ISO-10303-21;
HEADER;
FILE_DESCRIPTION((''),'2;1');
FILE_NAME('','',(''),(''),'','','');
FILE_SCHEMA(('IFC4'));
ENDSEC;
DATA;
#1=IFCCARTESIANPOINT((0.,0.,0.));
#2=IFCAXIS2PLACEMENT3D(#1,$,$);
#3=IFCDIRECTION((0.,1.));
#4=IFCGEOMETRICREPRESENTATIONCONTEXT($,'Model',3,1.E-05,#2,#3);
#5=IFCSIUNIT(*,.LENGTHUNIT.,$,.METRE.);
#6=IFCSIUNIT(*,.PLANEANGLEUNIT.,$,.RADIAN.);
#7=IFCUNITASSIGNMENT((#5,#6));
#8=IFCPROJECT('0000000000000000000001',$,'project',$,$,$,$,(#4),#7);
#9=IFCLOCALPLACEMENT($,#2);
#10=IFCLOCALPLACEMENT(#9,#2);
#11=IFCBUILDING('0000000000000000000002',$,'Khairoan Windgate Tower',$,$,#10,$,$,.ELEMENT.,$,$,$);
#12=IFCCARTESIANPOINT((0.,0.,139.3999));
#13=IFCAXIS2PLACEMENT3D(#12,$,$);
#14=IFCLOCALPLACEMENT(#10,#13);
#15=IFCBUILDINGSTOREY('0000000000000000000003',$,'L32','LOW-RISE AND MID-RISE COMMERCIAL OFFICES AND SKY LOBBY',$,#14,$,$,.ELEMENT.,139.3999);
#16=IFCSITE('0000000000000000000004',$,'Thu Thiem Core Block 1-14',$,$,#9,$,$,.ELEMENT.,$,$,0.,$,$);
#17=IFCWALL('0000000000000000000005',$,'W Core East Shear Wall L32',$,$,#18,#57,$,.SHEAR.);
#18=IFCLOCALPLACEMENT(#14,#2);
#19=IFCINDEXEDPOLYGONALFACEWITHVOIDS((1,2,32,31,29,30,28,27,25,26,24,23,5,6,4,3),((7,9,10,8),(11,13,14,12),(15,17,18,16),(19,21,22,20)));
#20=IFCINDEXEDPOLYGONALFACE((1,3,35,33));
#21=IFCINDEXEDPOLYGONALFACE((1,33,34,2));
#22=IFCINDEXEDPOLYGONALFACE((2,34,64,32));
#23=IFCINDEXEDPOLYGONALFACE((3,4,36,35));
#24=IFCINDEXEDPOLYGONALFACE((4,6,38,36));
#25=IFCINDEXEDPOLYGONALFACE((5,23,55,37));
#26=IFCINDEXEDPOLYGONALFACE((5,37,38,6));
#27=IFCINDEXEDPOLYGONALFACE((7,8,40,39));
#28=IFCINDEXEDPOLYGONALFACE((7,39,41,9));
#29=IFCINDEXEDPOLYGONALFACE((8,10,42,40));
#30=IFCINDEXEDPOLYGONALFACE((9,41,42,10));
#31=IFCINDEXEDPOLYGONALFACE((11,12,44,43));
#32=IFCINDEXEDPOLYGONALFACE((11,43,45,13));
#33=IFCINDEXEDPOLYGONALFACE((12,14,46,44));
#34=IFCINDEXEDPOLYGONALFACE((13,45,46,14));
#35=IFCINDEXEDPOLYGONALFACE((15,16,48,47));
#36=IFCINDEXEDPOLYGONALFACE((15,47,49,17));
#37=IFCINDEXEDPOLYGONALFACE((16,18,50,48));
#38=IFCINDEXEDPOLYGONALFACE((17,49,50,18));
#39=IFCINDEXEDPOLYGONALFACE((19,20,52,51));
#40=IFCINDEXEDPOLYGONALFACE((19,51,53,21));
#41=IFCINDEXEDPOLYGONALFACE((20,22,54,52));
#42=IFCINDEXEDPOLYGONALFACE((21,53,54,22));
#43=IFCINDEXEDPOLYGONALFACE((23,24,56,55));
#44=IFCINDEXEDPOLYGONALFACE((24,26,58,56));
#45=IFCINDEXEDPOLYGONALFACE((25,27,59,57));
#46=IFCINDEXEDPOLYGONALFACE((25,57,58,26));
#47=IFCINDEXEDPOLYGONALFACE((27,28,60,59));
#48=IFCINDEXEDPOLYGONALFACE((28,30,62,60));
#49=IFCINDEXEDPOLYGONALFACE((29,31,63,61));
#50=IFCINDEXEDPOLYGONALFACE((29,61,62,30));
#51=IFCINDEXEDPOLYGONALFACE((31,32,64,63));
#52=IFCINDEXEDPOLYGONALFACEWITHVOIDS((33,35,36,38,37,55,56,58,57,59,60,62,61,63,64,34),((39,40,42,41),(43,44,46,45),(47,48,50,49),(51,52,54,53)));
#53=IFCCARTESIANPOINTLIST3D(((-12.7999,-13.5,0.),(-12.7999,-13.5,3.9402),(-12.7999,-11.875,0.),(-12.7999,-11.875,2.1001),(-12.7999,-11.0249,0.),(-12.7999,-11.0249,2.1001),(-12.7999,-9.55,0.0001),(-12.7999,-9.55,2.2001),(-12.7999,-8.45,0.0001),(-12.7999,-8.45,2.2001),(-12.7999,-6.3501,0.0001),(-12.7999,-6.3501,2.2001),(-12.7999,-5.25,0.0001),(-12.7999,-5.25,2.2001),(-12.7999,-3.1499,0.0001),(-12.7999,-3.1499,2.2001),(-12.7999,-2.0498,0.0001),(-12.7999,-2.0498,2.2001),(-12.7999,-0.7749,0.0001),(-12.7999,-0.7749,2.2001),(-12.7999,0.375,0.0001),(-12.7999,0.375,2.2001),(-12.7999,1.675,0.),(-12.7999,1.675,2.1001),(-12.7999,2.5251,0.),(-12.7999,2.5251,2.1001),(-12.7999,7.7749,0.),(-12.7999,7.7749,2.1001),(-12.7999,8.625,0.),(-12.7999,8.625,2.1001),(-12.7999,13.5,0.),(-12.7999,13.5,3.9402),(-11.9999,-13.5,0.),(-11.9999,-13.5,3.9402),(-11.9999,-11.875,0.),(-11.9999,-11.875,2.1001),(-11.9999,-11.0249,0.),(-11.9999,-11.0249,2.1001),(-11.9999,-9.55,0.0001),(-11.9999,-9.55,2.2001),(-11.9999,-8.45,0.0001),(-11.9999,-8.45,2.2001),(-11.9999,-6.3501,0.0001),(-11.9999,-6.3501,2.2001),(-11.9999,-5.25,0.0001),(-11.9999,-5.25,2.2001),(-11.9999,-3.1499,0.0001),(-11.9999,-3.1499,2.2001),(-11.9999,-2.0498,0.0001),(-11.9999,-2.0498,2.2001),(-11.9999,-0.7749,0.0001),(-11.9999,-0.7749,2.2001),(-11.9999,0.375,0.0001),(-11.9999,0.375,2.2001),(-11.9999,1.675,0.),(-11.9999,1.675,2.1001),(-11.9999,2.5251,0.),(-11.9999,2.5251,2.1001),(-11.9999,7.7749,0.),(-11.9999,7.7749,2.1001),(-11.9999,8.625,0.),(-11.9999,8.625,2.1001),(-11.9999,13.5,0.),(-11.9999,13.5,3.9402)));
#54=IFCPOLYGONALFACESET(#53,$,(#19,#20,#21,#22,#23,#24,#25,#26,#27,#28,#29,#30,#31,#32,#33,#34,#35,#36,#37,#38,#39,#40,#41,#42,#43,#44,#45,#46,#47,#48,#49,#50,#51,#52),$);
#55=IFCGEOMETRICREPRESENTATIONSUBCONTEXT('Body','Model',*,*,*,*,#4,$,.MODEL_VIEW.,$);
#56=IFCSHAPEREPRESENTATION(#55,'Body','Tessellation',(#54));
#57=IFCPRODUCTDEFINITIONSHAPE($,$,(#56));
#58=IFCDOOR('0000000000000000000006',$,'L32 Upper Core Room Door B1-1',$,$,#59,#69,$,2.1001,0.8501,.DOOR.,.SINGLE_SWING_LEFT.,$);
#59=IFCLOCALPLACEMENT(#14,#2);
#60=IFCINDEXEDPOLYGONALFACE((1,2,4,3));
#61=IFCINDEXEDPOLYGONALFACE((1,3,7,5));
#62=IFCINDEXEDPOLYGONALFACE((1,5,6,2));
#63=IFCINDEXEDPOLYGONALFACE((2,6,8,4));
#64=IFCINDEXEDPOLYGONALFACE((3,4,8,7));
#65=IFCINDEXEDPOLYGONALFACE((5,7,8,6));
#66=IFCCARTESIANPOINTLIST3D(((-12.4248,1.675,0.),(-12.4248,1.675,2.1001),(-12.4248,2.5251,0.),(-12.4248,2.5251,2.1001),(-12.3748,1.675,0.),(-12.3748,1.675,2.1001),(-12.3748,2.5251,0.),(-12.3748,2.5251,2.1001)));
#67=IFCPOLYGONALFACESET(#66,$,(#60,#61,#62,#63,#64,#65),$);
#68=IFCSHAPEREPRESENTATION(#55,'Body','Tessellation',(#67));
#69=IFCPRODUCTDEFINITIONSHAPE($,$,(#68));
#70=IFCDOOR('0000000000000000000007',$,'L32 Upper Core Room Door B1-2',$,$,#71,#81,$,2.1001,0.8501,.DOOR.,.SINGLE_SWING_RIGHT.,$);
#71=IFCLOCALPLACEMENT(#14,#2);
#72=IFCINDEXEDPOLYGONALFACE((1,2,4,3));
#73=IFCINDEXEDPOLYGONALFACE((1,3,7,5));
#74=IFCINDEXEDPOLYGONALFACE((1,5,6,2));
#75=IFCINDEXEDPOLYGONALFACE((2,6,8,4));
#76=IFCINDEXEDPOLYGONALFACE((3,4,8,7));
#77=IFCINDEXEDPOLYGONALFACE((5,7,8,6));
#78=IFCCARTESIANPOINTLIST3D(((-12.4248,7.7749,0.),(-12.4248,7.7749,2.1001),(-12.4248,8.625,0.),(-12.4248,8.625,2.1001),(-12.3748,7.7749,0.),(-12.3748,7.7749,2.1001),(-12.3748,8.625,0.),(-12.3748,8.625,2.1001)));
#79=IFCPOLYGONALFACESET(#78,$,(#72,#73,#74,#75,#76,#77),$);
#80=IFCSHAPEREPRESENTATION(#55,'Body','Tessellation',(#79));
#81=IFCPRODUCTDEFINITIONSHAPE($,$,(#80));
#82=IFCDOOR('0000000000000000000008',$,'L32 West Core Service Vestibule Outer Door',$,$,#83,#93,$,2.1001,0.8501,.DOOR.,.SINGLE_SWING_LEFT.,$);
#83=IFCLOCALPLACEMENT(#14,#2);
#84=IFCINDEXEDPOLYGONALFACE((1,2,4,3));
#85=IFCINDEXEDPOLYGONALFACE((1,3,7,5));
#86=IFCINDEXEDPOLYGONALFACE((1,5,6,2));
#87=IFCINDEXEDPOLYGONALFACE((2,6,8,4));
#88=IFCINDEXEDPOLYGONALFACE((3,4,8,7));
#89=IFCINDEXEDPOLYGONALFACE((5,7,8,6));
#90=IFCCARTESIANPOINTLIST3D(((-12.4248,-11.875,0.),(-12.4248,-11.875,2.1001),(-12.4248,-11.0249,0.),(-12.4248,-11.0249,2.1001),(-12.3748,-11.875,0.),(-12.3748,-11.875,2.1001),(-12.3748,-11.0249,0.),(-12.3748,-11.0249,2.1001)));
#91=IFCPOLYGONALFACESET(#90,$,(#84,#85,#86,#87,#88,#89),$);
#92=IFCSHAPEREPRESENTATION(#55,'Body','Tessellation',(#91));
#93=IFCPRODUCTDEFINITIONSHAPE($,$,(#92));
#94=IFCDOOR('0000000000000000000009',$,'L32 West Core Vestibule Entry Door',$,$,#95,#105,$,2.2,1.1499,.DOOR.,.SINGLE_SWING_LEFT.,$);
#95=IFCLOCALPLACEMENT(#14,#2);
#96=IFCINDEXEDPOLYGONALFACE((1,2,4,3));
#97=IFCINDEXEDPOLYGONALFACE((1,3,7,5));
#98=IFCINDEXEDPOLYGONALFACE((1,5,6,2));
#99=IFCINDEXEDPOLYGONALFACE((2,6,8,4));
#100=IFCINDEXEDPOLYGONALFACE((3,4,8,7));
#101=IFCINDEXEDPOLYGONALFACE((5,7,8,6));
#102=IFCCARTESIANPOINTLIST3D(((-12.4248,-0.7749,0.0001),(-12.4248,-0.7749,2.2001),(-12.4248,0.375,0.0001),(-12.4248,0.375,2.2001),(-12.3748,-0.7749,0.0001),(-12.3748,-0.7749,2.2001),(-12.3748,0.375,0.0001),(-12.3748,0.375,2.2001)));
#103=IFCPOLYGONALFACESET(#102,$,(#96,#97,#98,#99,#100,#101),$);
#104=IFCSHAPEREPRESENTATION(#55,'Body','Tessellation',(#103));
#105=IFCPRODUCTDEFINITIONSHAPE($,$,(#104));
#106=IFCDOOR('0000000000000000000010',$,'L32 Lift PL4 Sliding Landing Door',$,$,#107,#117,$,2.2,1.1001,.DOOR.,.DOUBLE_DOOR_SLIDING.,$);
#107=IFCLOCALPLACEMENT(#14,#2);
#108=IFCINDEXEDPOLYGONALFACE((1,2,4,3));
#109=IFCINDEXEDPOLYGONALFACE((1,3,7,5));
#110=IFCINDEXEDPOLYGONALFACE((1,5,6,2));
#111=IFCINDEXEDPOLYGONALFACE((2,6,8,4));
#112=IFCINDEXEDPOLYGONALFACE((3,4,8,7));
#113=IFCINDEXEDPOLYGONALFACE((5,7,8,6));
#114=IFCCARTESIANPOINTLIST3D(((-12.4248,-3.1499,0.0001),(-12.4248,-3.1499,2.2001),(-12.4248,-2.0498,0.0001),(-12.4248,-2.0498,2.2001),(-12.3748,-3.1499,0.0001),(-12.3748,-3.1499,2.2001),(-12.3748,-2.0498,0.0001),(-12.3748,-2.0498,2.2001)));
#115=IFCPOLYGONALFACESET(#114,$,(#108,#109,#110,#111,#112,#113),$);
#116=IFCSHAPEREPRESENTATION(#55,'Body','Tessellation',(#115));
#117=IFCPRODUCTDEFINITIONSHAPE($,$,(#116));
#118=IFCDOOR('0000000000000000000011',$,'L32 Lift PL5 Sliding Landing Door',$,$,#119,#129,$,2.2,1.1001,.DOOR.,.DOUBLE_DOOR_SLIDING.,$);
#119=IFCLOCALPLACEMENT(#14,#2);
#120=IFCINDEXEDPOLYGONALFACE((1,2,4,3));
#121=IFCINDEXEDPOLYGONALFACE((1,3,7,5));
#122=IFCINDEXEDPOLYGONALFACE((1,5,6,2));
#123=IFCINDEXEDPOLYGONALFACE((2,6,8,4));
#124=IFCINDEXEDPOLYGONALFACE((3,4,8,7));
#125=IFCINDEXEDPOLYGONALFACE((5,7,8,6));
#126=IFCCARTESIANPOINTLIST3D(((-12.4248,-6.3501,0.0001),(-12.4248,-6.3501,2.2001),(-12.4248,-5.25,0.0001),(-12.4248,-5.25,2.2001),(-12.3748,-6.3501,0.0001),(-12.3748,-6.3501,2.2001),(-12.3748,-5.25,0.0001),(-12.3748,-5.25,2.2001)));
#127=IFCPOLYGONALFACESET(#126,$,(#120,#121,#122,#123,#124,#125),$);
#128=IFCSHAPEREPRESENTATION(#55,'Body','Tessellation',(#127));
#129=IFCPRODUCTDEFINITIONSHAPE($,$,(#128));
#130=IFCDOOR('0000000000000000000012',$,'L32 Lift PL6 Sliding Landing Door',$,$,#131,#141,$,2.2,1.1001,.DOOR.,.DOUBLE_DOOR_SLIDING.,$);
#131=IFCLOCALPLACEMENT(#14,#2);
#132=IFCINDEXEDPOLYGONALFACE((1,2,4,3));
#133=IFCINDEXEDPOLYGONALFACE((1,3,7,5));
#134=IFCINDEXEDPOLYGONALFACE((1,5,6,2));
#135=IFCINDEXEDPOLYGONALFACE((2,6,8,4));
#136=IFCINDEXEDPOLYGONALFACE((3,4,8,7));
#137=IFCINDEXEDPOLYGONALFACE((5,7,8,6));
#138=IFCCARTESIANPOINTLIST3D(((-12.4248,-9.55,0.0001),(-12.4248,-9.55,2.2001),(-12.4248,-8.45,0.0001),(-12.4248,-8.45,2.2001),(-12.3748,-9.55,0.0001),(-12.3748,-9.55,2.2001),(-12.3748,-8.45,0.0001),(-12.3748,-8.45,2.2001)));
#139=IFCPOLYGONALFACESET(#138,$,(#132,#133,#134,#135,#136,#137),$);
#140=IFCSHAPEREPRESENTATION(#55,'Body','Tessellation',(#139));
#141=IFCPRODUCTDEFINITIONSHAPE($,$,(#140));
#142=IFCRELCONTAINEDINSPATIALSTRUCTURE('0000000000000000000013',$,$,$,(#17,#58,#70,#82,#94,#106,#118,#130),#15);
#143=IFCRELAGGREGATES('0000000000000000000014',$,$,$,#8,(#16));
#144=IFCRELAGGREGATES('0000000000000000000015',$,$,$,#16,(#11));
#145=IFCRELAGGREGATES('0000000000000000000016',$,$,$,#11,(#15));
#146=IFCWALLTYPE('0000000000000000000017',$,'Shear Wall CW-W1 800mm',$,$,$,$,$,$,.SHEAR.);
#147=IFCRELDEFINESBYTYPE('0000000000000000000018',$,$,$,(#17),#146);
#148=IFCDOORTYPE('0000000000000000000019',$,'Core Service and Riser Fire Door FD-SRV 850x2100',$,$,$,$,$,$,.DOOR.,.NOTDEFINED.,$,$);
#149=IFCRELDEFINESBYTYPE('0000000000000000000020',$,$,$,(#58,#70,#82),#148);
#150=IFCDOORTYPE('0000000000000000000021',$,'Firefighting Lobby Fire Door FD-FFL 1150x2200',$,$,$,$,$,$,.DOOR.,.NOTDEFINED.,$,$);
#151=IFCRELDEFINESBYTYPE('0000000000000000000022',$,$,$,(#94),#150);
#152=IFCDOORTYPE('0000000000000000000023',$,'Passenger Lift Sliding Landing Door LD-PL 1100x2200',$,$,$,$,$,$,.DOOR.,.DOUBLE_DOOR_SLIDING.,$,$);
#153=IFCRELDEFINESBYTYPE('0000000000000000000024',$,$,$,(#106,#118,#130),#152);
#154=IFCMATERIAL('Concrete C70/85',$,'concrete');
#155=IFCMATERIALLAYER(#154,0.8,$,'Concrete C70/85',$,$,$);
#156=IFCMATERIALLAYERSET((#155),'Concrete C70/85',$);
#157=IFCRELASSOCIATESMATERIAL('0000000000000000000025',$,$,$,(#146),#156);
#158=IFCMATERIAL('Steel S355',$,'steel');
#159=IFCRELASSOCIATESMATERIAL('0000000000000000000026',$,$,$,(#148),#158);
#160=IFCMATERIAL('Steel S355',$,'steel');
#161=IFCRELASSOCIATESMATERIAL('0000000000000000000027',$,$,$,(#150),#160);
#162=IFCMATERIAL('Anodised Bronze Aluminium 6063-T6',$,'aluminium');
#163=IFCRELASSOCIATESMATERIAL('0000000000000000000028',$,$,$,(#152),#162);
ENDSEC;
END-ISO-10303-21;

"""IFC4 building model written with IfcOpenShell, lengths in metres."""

from ifc_helpers import new_model, si_unit, direction, frame, frame_2d, origin, place, context, subcontext, project, spatial, rectangle, extrude, material, layer, layer_set, type_object, element, fill, save


model = new_model("IFC4")

# Units and contexts
model_context = context("Model", 3, precision=1e-05, world=origin(), true_north=direction((0.0, 1.0)))
body_context = subcontext(model_context, "Body", "Model", "MODEL_VIEW")
ifc_project = project(units=[si_unit("LENGTHUNIT", "METRE"), si_unit("PLANEANGLEUNIT", "RADIAN")], contexts=[model_context])

# Site, building, storey
site_placement = place(None, origin())
site = spatial("IfcSite", under=ifc_project, at=site_placement, Name="Thu Thiem Core Block 1-14", CompositionType="ELEMENT", RefElevation=0.0)
building_placement = place(site_placement, origin())
building = spatial("IfcBuilding", under=site, at=building_placement, Name="Khairoan Windgate Tower", CompositionType="ELEMENT")
storey_placement = place(building_placement, frame((0.0, 0.0, 139.3999)))
storey = spatial("IfcBuildingStorey", under=building, at=storey_placement, Name="L32", Description="LOW-RISE AND MID-RISE COMMERCIAL OFFICES AND SKY LOBBY", CompositionType="ELEMENT", Elevation=139.3999)

# Wall, openings, doors
ifc_material_1 = material(Name="Concrete C70/85", Category="concrete")
ifc_layer_1 = layer(ifc_material_1, 0.8, Name="Concrete C70/85")
ifc_layer_set_1 = layer_set([ifc_layer_1], Name="Concrete C70/85")
wall_type_1 = type_object("IfcWallType", Name="Shear Wall CW-W1 800mm", PredefinedType="SHEAR", material=ifc_layer_set_1)
wall_1_placement = place(storey_placement, frame((-12.3999, -13.5, 0.0), z_axis=(0.0, 0.0, 1.0), x_axis=(0.0, 1.0, 0.0)))
wall_1 = element("IfcWall", 1, at=wall_1_placement, inside=storey, type_object=wall_type_1, Name="W Core East Shear Wall L32", PredefinedType="SHEAR", context=body_context, shape_type="SweptSolid", body=[
    extrude(rectangle(XDim=27.0, YDim=0.8, at=frame_2d((13.5, 0.0))), origin(), (0.0, 0.0, 1.0), 3.9402),
])
opening_1_placement = place(wall_1_placement, frame((10.3501, 0.0, 0.0)))
opening_1 = element("IfcOpeningElement", 2, at=opening_1_placement, cuts=wall_1, PredefinedType="OPENING", context=body_context, shape_type="SweptSolid", body=[
    extrude(rectangle(XDim=1.1001, YDim=2.2, at=frame_2d((0.55, 1.1001))), frame((0.0, 0.4099, 0.0), z_axis=(0.0, -1.0, 0.0), x_axis=(1.0, 0.0, 0.0)), (0.0, 0.0, 1.0), 0.8201),
])
opening_2_placement = place(wall_1_placement, frame((7.1499, 0.0, 0.0)))
opening_2 = element("IfcOpeningElement", 3, at=opening_2_placement, cuts=wall_1, PredefinedType="OPENING", context=body_context, shape_type="SweptSolid", body=[
    extrude(rectangle(XDim=1.1001, YDim=2.2, at=frame_2d((0.55, 1.1001))), frame((0.0, 0.4099, 0.0), z_axis=(0.0, -1.0, 0.0), x_axis=(1.0, 0.0, 0.0)), (0.0, 0.0, 1.0), 0.8201),
])
opening_3_placement = place(wall_1_placement, frame((3.95, 0.0, 0.0)))
opening_3 = element("IfcOpeningElement", 4, at=opening_3_placement, cuts=wall_1, PredefinedType="OPENING", context=body_context, shape_type="SweptSolid", body=[
    extrude(rectangle(XDim=1.1001, YDim=2.2, at=frame_2d((0.55, 1.1001))), frame((0.0, 0.4099, 0.0), z_axis=(0.0, -1.0, 0.0), x_axis=(1.0, 0.0, 0.0)), (0.0, 0.0, 1.0), 0.8201),
])
opening_4_placement = place(wall_1_placement, frame((15.175, 0.0, 0.0)))
opening_4 = element("IfcOpeningElement", 5, at=opening_4_placement, cuts=wall_1, PredefinedType="OPENING", context=body_context, shape_type="SweptSolid", body=[
    extrude(rectangle(XDim=0.8501, YDim=2.1001, at=frame_2d((0.425, 1.05))), frame((0.0, 0.4099, 0.0), z_axis=(0.0, -1.0, 0.0), x_axis=(1.0, 0.0, 0.0)), (0.0, 0.0, 1.0), 0.8201),
])
opening_5_placement = place(wall_1_placement, frame((21.2749, 0.0, 0.0)))
opening_5 = element("IfcOpeningElement", 6, at=opening_5_placement, cuts=wall_1, PredefinedType="OPENING", context=body_context, shape_type="SweptSolid", body=[
    extrude(rectangle(XDim=0.8501, YDim=2.1001, at=frame_2d((0.425, 1.05))), frame((0.0, 0.4099, 0.0), z_axis=(0.0, -1.0, 0.0), x_axis=(1.0, 0.0, 0.0)), (0.0, 0.0, 1.0), 0.8201),
])
opening_6_placement = place(wall_1_placement, frame((12.7251, 0.0, 0.0)))
opening_6 = element("IfcOpeningElement", 7, at=opening_6_placement, cuts=wall_1, PredefinedType="OPENING", context=body_context, shape_type="SweptSolid", body=[
    extrude(rectangle(XDim=1.1499, YDim=2.2, at=frame_2d((0.575, 1.1001))), frame((0.0, 0.4099, 0.0), z_axis=(0.0, -1.0, 0.0), x_axis=(1.0, 0.0, 0.0)), (0.0, 0.0, 1.0), 0.8201),
])
opening_7_placement = place(wall_1_placement, frame((1.625, 0.0, 0.0)))
opening_7 = element("IfcOpeningElement", 8, at=opening_7_placement, cuts=wall_1, PredefinedType="OPENING", context=body_context, shape_type="SweptSolid", body=[
    extrude(rectangle(XDim=0.8501, YDim=2.1001, at=frame_2d((0.425, 1.05))), frame((0.0, 0.4099, 0.0), z_axis=(0.0, -1.0, 0.0), x_axis=(1.0, 0.0, 0.0)), (0.0, 0.0, 1.0), 0.8201),
])
ifc_material_2 = material(Name="Steel S355", Category="steel")
door_type_1 = type_object("IfcDoorType", Name="Core Service and Riser Fire Door FD-SRV 850x2100", OperationType="NOTDEFINED", PredefinedType="DOOR", material=ifc_material_2)
door_1_placement = place(opening_4_placement, origin())
door_1 = element("IfcDoor", 9, at=door_1_placement, inside=storey, type_object=door_type_1, Name="L32 Upper Core Room Door B1-1", OperationType="SINGLE_SWING_LEFT", OverallHeight=2.1001, OverallWidth=0.8501, PredefinedType="DOOR", context=body_context, shape_type="SweptSolid", body=[
    extrude(rectangle(XDim=0.8501, YDim=2.1001, at=frame_2d((0.425, 1.05))), frame((0.0, 0.0249, 0.0), z_axis=(0.0, -1.0, 0.0), x_axis=(1.0, 0.0, 0.0)), (0.0, 0.0, 1.0), 0.05),
])
fill(opening_4, door_1)
door_2_placement = place(opening_5_placement, origin())
door_2 = element("IfcDoor", 10, at=door_2_placement, inside=storey, type_object=door_type_1, Name="L32 Upper Core Room Door B1-2", OperationType="SINGLE_SWING_RIGHT", OverallHeight=2.1001, OverallWidth=0.8501, PredefinedType="DOOR", context=body_context, shape_type="SweptSolid", body=[
    extrude(rectangle(XDim=0.8501, YDim=2.1001, at=frame_2d((0.425, 1.05))), frame((0.0, 0.0249, 0.0), z_axis=(0.0, -1.0, 0.0), x_axis=(1.0, 0.0, 0.0)), (0.0, 0.0, 1.0), 0.05),
])
fill(opening_5, door_2)
door_3_placement = place(opening_7_placement, origin())
door_3 = element("IfcDoor", 11, at=door_3_placement, inside=storey, type_object=door_type_1, Name="L32 West Core Service Vestibule Outer Door", OperationType="SINGLE_SWING_LEFT", OverallHeight=2.1001, OverallWidth=0.8501, PredefinedType="DOOR", context=body_context, shape_type="SweptSolid", body=[
    extrude(rectangle(XDim=0.8501, YDim=2.1001, at=frame_2d((0.425, 1.05))), frame((0.0, 0.0249, 0.0), z_axis=(0.0, -1.0, 0.0), x_axis=(1.0, 0.0, 0.0)), (0.0, 0.0, 1.0), 0.05),
])
fill(opening_7, door_3)
ifc_material_3 = material(Name="Steel S355", Category="steel")
door_type_2 = type_object("IfcDoorType", Name="Firefighting Lobby Fire Door FD-FFL 1150x2200", OperationType="NOTDEFINED", PredefinedType="DOOR", material=ifc_material_3)
door_4_placement = place(opening_6_placement, origin())
door_4 = element("IfcDoor", 12, at=door_4_placement, inside=storey, type_object=door_type_2, Name="L32 West Core Vestibule Entry Door", OperationType="SINGLE_SWING_LEFT", OverallHeight=2.2, OverallWidth=1.1499, PredefinedType="DOOR", context=body_context, shape_type="SweptSolid", body=[
    extrude(rectangle(XDim=1.1499, YDim=2.2, at=frame_2d((0.575, 1.1001))), frame((0.0, 0.0249, 0.0), z_axis=(0.0, -1.0, 0.0), x_axis=(1.0, 0.0, 0.0)), (0.0, 0.0, 1.0), 0.05),
])
fill(opening_6, door_4)
ifc_material_4 = material(Name="Anodised Bronze Aluminium 6063-T6", Category="aluminium")
door_type_3 = type_object("IfcDoorType", Name="Passenger Lift Sliding Landing Door LD-PL 1100x2200", OperationType="DOUBLE_DOOR_SLIDING", PredefinedType="DOOR", material=ifc_material_4)
door_5_placement = place(opening_1_placement, origin())
door_5 = element("IfcDoor", 13, at=door_5_placement, inside=storey, type_object=door_type_3, Name="L32 Lift PL4 Sliding Landing Door", OperationType="DOUBLE_DOOR_SLIDING", OverallHeight=2.2, OverallWidth=1.1001, PredefinedType="DOOR", context=body_context, shape_type="SweptSolid", body=[
    extrude(rectangle(XDim=1.1001, YDim=2.2, at=frame_2d((0.55, 1.1001))), frame((0.0, 0.0249, 0.0), z_axis=(0.0, -1.0, 0.0), x_axis=(1.0, 0.0, 0.0)), (0.0, 0.0, 1.0), 0.05),
])
fill(opening_1, door_5)
door_6_placement = place(opening_2_placement, origin())
door_6 = element("IfcDoor", 14, at=door_6_placement, inside=storey, type_object=door_type_3, Name="L32 Lift PL5 Sliding Landing Door", OperationType="DOUBLE_DOOR_SLIDING", OverallHeight=2.2, OverallWidth=1.1001, PredefinedType="DOOR", context=body_context, shape_type="SweptSolid", body=[
    extrude(rectangle(XDim=1.1001, YDim=2.2, at=frame_2d((0.55, 1.1001))), frame((0.0, 0.0249, 0.0), z_axis=(0.0, -1.0, 0.0), x_axis=(1.0, 0.0, 0.0)), (0.0, 0.0, 1.0), 0.05),
])
fill(opening_2, door_6)
door_7_placement = place(opening_3_placement, origin())
door_7 = element("IfcDoor", 15, at=door_7_placement, inside=storey, type_object=door_type_3, Name="L32 Lift PL6 Sliding Landing Door", OperationType="DOUBLE_DOOR_SLIDING", OverallHeight=2.2, OverallWidth=1.1001, PredefinedType="DOOR", context=body_context, shape_type="SweptSolid", body=[
    extrude(rectangle(XDim=1.1001, YDim=2.2, at=frame_2d((0.55, 1.1001))), frame((0.0, 0.0249, 0.0), z_axis=(0.0, -1.0, 0.0), x_axis=(1.0, 0.0, 0.0)), (0.0, 0.0, 1.0), 0.05),
])
fill(opening_3, door_7)

save(model, "model.ifc")
